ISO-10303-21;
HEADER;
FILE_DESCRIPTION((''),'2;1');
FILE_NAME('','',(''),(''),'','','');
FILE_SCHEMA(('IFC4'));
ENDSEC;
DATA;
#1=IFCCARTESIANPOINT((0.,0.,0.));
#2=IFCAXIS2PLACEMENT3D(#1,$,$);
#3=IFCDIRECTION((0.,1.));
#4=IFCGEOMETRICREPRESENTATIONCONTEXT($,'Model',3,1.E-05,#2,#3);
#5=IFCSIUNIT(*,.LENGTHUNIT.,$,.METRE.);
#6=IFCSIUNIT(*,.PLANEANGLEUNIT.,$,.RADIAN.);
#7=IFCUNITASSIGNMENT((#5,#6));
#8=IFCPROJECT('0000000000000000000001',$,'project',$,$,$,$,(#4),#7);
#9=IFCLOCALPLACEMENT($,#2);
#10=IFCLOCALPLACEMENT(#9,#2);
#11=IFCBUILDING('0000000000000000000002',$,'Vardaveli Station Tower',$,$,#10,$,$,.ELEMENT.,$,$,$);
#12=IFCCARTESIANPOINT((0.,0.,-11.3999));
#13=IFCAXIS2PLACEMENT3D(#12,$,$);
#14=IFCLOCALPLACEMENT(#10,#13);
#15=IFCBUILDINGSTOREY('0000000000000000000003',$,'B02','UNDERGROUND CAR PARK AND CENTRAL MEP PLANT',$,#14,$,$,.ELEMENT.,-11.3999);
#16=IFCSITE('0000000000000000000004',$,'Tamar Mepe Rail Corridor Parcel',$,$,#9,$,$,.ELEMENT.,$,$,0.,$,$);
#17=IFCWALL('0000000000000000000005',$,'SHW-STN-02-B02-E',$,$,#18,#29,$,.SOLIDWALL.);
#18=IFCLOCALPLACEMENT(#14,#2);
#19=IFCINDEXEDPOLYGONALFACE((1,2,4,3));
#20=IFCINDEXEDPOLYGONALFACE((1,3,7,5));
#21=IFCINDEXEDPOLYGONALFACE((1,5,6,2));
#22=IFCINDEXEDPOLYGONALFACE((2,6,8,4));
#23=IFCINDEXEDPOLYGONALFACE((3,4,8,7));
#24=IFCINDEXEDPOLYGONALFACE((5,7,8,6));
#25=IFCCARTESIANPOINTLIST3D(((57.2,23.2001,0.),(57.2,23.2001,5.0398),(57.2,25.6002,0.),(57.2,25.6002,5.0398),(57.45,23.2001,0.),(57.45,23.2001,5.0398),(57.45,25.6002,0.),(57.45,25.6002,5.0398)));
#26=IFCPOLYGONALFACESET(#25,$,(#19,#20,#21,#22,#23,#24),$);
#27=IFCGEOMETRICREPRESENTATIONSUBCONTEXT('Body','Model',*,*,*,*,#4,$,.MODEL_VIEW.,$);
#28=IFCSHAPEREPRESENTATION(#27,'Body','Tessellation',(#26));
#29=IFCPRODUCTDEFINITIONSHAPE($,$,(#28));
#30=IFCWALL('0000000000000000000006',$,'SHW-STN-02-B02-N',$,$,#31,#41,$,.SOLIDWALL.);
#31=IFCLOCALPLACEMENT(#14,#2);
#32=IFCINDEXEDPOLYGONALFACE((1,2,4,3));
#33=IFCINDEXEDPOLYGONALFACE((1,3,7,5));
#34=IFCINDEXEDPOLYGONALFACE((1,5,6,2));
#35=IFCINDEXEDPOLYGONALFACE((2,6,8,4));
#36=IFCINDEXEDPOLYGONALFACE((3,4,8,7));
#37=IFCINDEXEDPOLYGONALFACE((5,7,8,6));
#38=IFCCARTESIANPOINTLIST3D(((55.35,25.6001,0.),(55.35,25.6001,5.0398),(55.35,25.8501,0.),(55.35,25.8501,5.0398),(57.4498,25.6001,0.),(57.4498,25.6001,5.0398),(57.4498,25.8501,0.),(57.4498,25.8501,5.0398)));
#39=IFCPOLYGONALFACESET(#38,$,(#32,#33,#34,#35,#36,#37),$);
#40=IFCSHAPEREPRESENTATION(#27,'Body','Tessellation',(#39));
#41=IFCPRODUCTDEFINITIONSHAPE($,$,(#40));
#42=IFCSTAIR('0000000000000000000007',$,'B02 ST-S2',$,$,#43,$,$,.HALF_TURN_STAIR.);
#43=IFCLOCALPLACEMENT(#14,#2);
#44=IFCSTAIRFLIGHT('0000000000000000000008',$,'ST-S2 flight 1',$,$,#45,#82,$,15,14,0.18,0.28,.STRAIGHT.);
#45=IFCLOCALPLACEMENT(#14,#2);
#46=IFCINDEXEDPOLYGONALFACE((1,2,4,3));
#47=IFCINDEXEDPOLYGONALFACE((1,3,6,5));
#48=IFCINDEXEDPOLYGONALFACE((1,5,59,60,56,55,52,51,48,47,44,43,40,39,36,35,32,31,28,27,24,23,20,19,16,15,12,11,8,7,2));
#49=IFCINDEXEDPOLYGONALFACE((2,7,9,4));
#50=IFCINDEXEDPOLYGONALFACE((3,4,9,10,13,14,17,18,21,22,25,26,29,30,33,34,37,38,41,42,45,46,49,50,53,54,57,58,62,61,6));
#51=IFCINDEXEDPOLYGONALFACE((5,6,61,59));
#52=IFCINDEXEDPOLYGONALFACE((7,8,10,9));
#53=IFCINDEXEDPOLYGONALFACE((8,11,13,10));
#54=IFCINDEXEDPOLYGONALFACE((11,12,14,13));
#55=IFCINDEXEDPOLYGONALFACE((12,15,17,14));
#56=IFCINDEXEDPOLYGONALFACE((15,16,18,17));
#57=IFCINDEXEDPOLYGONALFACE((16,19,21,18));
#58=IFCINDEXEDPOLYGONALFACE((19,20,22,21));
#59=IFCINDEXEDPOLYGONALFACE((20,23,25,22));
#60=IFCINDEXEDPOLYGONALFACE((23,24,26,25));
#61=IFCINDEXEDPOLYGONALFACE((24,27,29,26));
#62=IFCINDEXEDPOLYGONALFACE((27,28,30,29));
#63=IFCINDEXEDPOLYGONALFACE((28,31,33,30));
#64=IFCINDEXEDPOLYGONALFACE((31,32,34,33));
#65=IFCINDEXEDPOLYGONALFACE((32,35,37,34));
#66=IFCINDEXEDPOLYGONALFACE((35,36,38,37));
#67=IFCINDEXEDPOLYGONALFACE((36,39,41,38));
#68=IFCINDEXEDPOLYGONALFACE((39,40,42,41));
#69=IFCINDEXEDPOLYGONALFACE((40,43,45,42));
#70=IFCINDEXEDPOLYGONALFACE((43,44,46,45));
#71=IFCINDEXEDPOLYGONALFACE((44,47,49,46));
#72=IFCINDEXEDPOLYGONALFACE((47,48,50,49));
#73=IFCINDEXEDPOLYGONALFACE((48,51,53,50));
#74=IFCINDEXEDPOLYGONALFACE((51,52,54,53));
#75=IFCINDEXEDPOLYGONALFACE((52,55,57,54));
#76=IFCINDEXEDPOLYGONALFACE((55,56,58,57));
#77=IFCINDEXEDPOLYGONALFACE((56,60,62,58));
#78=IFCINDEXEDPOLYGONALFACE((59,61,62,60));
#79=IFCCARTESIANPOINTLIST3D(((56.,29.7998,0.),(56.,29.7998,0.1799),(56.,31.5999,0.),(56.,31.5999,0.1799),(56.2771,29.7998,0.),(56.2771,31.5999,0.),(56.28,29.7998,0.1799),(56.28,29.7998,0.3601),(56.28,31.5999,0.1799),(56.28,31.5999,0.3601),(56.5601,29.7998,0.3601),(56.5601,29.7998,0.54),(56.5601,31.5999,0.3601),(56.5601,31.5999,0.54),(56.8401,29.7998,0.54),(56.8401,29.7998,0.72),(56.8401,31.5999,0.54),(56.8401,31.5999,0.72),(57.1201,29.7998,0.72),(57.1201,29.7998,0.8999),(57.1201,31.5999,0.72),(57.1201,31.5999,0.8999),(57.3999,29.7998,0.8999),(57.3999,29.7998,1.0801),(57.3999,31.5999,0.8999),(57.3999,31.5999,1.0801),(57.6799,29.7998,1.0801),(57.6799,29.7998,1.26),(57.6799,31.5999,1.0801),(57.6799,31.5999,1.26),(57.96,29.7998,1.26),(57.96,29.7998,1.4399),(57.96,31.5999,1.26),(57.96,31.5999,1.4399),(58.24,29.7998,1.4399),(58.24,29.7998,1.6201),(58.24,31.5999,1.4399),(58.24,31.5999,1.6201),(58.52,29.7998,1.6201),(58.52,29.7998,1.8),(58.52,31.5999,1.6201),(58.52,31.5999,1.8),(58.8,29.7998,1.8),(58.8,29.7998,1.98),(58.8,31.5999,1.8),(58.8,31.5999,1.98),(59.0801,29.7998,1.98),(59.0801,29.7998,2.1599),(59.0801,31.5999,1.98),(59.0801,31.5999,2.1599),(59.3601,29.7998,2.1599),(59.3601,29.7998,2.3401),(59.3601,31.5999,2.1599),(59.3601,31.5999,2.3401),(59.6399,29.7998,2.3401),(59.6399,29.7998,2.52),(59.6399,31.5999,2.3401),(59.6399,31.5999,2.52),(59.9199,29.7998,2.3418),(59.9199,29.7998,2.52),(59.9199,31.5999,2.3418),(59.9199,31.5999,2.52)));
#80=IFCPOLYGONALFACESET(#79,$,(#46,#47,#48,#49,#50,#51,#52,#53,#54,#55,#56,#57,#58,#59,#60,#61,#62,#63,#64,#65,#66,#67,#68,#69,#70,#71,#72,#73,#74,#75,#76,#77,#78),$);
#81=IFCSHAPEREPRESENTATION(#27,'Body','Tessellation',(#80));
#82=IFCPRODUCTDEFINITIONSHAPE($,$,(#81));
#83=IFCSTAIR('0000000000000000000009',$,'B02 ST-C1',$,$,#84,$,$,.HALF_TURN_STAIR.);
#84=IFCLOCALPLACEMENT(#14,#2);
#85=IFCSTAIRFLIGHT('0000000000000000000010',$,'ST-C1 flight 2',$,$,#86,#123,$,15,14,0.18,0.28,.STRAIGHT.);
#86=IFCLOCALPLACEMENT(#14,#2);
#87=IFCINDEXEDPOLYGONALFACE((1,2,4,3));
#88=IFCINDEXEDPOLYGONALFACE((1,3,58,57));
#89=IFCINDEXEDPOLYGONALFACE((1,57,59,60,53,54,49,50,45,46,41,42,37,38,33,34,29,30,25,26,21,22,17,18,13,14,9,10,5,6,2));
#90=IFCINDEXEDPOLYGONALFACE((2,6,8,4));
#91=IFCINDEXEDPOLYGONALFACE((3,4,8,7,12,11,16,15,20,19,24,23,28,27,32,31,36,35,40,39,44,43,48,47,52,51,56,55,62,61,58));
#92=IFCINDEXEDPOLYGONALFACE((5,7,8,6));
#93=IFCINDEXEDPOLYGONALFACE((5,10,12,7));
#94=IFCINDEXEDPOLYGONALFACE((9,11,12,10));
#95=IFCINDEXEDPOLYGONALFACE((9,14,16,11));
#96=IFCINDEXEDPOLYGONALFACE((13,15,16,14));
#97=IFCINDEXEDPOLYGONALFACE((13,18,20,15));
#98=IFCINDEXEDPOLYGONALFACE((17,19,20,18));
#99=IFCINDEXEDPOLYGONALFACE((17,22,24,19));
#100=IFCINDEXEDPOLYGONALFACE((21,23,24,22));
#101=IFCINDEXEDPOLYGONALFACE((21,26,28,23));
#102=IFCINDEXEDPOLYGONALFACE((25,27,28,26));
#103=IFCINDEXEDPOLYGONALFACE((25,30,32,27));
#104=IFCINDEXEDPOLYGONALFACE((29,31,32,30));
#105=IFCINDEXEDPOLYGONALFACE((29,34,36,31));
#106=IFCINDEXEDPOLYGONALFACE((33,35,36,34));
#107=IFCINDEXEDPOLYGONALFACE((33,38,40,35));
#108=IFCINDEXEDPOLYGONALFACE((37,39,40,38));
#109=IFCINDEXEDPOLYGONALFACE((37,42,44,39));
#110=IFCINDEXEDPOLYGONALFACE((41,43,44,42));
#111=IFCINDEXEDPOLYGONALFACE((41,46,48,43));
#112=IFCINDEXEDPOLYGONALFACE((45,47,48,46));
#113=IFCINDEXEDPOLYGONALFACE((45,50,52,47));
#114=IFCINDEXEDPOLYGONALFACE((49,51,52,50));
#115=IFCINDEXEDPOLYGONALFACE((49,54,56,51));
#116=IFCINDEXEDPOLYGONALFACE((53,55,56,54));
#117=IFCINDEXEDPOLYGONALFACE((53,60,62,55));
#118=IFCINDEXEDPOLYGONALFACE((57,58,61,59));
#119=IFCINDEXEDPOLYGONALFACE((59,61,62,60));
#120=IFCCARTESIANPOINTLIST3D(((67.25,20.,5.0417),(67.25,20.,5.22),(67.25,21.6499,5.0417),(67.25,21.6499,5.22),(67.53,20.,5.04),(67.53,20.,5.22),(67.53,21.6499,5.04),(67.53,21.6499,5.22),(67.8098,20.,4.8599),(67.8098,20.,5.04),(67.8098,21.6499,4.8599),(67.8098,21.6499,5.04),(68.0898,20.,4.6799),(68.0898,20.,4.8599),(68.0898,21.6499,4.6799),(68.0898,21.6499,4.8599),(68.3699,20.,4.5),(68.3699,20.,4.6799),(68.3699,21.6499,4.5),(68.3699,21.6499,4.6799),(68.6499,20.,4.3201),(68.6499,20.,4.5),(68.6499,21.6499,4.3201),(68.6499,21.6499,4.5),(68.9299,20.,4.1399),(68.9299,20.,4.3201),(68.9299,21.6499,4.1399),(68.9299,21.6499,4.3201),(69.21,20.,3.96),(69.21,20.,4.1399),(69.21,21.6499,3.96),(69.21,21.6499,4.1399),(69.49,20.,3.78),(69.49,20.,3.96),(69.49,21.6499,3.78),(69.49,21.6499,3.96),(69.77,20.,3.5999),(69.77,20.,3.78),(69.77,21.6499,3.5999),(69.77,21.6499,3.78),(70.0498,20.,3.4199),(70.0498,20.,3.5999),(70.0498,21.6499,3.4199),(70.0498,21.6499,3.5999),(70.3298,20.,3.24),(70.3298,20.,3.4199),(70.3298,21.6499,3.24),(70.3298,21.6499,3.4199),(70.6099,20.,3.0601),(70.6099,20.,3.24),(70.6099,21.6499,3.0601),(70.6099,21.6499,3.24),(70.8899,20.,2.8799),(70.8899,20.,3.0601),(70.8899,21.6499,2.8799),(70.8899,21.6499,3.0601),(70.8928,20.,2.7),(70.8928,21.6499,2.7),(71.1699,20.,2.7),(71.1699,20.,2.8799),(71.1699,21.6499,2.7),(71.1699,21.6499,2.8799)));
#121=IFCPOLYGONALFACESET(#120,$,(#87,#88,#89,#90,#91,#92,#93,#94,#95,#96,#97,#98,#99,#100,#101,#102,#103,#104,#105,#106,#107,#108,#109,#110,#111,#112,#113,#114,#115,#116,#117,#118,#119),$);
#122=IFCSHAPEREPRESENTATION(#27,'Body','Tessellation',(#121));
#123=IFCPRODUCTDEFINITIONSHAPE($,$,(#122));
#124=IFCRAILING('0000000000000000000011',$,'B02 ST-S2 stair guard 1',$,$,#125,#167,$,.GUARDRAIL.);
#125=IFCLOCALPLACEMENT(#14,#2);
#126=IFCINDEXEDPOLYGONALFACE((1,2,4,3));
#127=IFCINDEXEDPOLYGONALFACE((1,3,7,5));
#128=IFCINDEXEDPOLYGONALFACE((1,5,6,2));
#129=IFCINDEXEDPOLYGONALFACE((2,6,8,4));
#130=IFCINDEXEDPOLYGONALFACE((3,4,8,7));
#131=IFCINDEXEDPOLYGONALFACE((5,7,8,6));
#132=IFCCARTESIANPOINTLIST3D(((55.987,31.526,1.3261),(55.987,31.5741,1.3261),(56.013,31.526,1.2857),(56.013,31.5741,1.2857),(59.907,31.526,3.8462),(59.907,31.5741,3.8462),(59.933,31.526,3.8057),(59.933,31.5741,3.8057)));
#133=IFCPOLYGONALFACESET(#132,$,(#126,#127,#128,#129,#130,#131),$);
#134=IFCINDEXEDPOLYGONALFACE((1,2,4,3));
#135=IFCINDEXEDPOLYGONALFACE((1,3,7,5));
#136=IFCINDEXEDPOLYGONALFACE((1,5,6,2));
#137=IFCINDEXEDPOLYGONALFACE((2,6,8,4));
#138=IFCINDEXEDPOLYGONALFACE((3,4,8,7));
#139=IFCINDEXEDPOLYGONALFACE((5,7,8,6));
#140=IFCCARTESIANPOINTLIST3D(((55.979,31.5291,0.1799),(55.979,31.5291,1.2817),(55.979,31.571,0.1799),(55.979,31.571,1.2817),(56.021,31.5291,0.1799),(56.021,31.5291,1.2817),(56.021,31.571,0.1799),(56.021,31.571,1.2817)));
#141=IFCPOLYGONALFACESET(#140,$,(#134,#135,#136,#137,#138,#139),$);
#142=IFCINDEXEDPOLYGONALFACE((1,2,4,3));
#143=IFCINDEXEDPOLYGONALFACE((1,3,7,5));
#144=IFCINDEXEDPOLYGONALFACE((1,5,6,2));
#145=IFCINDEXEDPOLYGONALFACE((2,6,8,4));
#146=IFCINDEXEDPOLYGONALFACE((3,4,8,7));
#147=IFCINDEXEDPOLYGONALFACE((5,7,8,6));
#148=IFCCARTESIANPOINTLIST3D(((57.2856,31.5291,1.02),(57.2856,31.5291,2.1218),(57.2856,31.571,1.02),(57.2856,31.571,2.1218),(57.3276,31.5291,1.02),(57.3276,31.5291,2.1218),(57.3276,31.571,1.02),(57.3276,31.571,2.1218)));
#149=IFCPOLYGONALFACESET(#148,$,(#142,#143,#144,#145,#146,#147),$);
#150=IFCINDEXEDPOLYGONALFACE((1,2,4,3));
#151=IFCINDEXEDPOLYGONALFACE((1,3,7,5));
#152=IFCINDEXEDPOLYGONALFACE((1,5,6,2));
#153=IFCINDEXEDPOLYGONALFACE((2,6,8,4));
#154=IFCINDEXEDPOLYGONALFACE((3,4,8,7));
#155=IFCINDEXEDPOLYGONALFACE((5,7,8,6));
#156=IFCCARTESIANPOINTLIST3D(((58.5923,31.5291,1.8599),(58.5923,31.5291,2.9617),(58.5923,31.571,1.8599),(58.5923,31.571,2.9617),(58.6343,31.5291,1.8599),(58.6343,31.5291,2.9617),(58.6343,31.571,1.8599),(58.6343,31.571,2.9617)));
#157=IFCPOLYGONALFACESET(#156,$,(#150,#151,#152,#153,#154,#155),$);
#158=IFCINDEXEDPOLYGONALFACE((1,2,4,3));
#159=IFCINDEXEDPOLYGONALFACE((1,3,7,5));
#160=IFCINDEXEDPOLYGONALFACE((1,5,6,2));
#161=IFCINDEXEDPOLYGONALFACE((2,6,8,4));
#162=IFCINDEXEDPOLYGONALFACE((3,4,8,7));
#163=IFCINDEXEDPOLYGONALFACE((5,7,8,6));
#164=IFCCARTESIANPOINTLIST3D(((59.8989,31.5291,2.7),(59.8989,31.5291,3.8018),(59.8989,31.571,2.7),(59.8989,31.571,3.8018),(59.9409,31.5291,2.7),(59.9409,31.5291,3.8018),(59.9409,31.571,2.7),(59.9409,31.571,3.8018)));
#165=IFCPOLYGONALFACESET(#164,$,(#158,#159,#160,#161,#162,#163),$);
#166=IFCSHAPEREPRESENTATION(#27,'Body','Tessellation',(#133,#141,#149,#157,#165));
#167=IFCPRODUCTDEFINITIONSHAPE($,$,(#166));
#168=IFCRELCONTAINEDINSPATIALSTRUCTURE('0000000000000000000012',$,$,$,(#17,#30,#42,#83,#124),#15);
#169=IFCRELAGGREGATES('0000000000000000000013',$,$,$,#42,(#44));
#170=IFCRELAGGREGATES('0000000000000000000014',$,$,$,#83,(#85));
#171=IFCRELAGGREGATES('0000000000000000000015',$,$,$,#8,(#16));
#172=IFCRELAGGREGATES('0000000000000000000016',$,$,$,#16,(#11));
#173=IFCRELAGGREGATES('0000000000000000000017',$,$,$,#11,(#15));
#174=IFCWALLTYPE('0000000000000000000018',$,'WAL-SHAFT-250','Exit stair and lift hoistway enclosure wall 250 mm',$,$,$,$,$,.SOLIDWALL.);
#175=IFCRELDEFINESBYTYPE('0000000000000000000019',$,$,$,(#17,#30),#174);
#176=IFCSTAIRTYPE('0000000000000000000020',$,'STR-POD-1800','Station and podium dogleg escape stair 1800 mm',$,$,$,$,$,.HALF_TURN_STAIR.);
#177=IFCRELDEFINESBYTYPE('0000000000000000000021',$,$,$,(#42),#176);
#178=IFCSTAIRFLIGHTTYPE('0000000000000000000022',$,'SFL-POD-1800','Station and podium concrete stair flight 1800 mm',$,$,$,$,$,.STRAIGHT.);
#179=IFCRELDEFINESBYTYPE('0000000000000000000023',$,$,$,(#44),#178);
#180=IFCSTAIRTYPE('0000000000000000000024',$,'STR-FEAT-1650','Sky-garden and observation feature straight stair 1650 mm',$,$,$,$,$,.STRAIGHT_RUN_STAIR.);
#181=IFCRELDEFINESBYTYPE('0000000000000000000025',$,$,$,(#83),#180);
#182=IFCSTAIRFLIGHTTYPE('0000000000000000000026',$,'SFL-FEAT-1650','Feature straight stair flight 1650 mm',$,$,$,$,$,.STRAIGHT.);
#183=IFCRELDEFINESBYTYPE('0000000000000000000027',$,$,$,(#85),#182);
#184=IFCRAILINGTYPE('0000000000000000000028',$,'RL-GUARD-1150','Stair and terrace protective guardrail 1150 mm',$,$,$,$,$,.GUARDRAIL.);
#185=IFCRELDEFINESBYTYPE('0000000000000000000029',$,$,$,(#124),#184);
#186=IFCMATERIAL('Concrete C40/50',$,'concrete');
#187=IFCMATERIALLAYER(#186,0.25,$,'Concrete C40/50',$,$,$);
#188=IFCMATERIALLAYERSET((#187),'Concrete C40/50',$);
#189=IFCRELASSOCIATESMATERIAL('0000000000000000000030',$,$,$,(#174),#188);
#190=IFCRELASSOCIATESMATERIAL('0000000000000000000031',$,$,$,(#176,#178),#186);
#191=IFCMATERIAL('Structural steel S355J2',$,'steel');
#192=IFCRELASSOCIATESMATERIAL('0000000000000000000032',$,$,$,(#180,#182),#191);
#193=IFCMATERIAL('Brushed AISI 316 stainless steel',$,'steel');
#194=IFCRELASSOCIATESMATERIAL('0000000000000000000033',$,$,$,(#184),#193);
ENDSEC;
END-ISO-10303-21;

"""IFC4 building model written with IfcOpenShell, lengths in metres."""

from ifc_helpers import new_model, si_unit, direction, frame, frame_2d, origin, origin_2d, place, context, subcontext, project, spatial, polyline, rectangle, outline, extrude, source, transform, mapped, material, layer, layer_set, type_object, element, aggregate, save


model = new_model("IFC4")

# Units and contexts
model_context = context("Model", 3, precision=1e-05, world=origin(), true_north=direction((0.0, 1.0)))
body_context = subcontext(model_context, "Body", "Model", "MODEL_VIEW")
ifc_project = project(units=[si_unit("LENGTHUNIT", "METRE"), si_unit("PLANEANGLEUNIT", "RADIAN")], contexts=[model_context])

# Site, building, storey
site_placement = place(None, origin())
site = spatial("IfcSite", under=ifc_project, at=site_placement, Name="Tamar Mepe Rail Corridor Parcel", CompositionType="ELEMENT", RefElevation=0.0)
building_placement = place(site_placement, origin())
building = spatial("IfcBuilding", under=site, at=building_placement, Name="Vardaveli Station Tower", CompositionType="ELEMENT")
storey_placement = place(building_placement, frame((0.0, 0.0, -11.3999)))
storey = spatial("IfcBuildingStorey", under=building, at=storey_placement, Name="B02", Description="UNDERGROUND CAR PARK AND CENTRAL MEP PLANT", CompositionType="ELEMENT", Elevation=-11.3999)

# Shared definitions
ifc_material_1 = material(Name="Concrete C40/50", Category="concrete")

# Walls
ifc_layer = layer(ifc_material_1, 0.25, Name="Concrete C40/50")
ifc_layer_set = layer_set([ifc_layer], Name="Concrete C40/50")
wall_type = type_object("IfcWallType", Name="WAL-SHAFT-250", Description="Exit stair and lift hoistway enclosure wall 250 mm", PredefinedType="SOLIDWALL", material=ifc_layer_set)
shared_shape_1 = source(origin(), body_context, "Body", "SweptSolid", [
    extrude(rectangle(XDim=2.4001, YDim=0.25, at=frame_2d((1.2002, 0.0))), origin(), (0.0, 0.0, 1.0), 5.0398),
])
for number, where, z_axis, x_axis, name in (
    (1, (57.325, 23.2, 0.0), (0.0, 0.0, 1.0), (0.0, 1.0, 0.0), "SHW-STN-02-B02-E"),
):
    element("IfcWall", number, at=place(storey_placement, frame(where, z_axis=z_axis, x_axis=x_axis)), inside=storey, type_object=wall_type, Name=name, PredefinedType="SOLIDWALL", context=body_context, shape_type="MappedRepresentation", body=[
        mapped(shared_shape_1, transform((0.0, 0.0, 0.0), scale=1.0)),
    ])
shared_shape_2 = source(origin(), body_context, "Body", "SweptSolid", [
    extrude(rectangle(XDim=2.0999, YDim=0.25, at=frame_2d((1.0498, 0.0))), origin(), (0.0, 0.0, 1.0), 5.0398),
])
wall_1_placement = place(storey_placement, frame((55.3501, 25.7251, 0.0), z_axis=(0.0, 0.0, 1.0), x_axis=(1.0, 0.0, 0.0)))
element("IfcWall", 2, at=wall_1_placement, inside=storey, type_object=wall_type, Name="SHW-STN-02-B02-N", PredefinedType="SOLIDWALL", context=body_context, shape_type="MappedRepresentation", body=[
    mapped(shared_shape_2, transform((0.0, 0.0, 0.0), scale=1.0)),
])

# Stairs, stair flights
stair_type_1 = type_object("IfcStairType", Name="STR-POD-1800", Description="Station and podium dogleg escape stair 1800 mm", PredefinedType="HALF_TURN_STAIR", material=ifc_material_1)
stair_1_placement = place(storey_placement, origin())
stair_1 = element("IfcStair", 3, at=stair_1_placement, inside=storey, type_object=stair_type_1, Name="B02 ST-S2", PredefinedType="HALF_TURN_STAIR")
stair_flight_type_1 = type_object("IfcStairFlightType", Name="SFL-POD-1800", Description="Station and podium concrete stair flight 1800 mm", PredefinedType="STRAIGHT", material=ifc_material_1)
shared_shape_3 = source(origin(), body_context, "Body", "SweptSolid", [
    extrude(outline(polyline([(0.0, 0.0), (0.0, 0.1799), (0.28, 0.1799), (0.28, 0.3601), (0.5601, 0.3601), (0.5601, 0.54), (0.8401, 0.54), (0.8401, 0.72), (1.1201, 0.72), (1.1201, 0.8999), (1.3999, 0.8999), (1.3999, 1.0801), (1.6799, 1.0801), (1.6799, 1.26), (1.96, 1.26), (1.96, 1.4399), (2.24, 1.4399), (2.24, 1.6201), (2.52, 1.6201), (2.52, 1.8), (2.8, 1.8), (2.8, 1.98), (3.0801, 1.98), (3.0801, 2.1599), (3.3601, 2.1599), (3.3601, 2.3401), (3.6399, 2.3401), (3.6399, 2.52), (3.9199, 2.52), (3.9199, 2.7), (3.9199, 2.3418), (0.2771, 0.0), (0.0, 0.0)])), frame((0.0, 0.8999, 0.0), z_axis=(0.0, -1.0, 0.0), x_axis=(1.0, 0.0, 0.0)), (0.0, 0.0, 1.0), 1.8),
])
stair_flight_1_placement = place(storey_placement, frame((56.0, 30.7, 0.0), z_axis=(0.0, 0.0, 1.0), x_axis=(1.0, 0.0, 0.0)))
stair_flight_1 = element("IfcStairFlight", 4, at=stair_flight_1_placement, type_object=stair_flight_type_1, Name="ST-S2 flight 1", NumberOfRisers=15, NumberOfTreads=14, PredefinedType="STRAIGHT", RiserHeight=0.18, TreadLength=0.28, context=body_context, shape_type="MappedRepresentation", body=[
    mapped(shared_shape_3, transform((0.0, 0.0, 0.0), scale=1.0)),
])
aggregate(stair_1, [stair_flight_1])
ifc_material_2 = material(Name="Structural steel S355J2", Category="steel")
stair_type_2 = type_object("IfcStairType", Name="STR-FEAT-1650", Description="Sky-garden and observation feature straight stair 1650 mm", PredefinedType="STRAIGHT_RUN_STAIR", material=ifc_material_2)
stair_2_placement = place(storey_placement, origin())
stair_2 = element("IfcStair", 5, at=stair_2_placement, inside=storey, type_object=stair_type_2, Name="B02 ST-C1", PredefinedType="HALF_TURN_STAIR")
stair_flight_type_2 = type_object("IfcStairFlightType", Name="SFL-FEAT-1650", Description="Feature straight stair flight 1650 mm", PredefinedType="STRAIGHT", material=ifc_material_2)
shared_shape_4 = source(origin(), body_context, "Body", "SweptSolid", [
    extrude(outline(polyline([(0.0, 0.0), (0.0, 0.1799), (0.28, 0.1799), (0.28, 0.3601), (0.5601, 0.3601), (0.5601, 0.54), (0.8401, 0.54), (0.8401, 0.72), (1.1201, 0.72), (1.1201, 0.8999), (1.3999, 0.8999), (1.3999, 1.0801), (1.6799, 1.0801), (1.6799, 1.26), (1.96, 1.26), (1.96, 1.4399), (2.24, 1.4399), (2.24, 1.6201), (2.52, 1.6201), (2.52, 1.8), (2.8, 1.8), (2.8, 1.98), (3.0801, 1.98), (3.0801, 2.1599), (3.3601, 2.1599), (3.3601, 2.3401), (3.6399, 2.3401), (3.6399, 2.52), (3.9199, 2.52), (3.9199, 2.7), (3.9199, 2.3418), (0.2771, 0.0), (0.0, 0.0)])), frame((0.0, 0.825, 0.0), z_axis=(0.0, -1.0, 0.0), x_axis=(1.0, 0.0, 0.0)), (0.0, 0.0, 1.0), 1.6499),
])
stair_flight_2_placement = place(storey_placement, frame((71.1699, 20.825, 2.7), z_axis=(0.0, 0.0, 1.0), x_axis=(-1.0, 0.0, 0.0)))
stair_flight_2 = element("IfcStairFlight", 6, at=stair_flight_2_placement, type_object=stair_flight_type_2, Name="ST-C1 flight 2", NumberOfRisers=15, NumberOfTreads=14, PredefinedType="STRAIGHT", RiserHeight=0.18, TreadLength=0.28, context=body_context, shape_type="MappedRepresentation", body=[
    mapped(shared_shape_4, transform((0.0, 0.0, 0.0), scale=1.0)),
])
aggregate(stair_2, [stair_flight_2])

# Railing
ifc_material_3 = material(Name="Brushed AISI 316 stainless steel", Category="steel")
railing_type_1 = type_object("IfcRailingType", Name="RL-GUARD-1150", Description="Stair and terrace protective guardrail 1150 mm", PredefinedType="GUARDRAIL", material=ifc_material_3)
shared_shape_5 = source(origin(), body_context, "Body", "SweptSolid", [
    extrude(rectangle(XDim=0.0481, YDim=0.0481, at=origin_2d()), frame((0.0, 0.0, 1.126), z_axis=(0.841172, 0.0, 0.540768), x_axis=(0.0, 1.0, 0.0)), (0.0, 0.0, 1.0), 4.6602),
    extrude(rectangle(XDim=0.042, YDim=0.042, at=origin_2d()), origin(), (0.0, 0.0, 1.0), 1.1018),
    extrude(rectangle(XDim=0.042, YDim=0.042, at=origin_2d()), frame((1.3066, 0.0, 0.8401)), (0.0, 0.0, 1.0), 1.1018),
    extrude(rectangle(XDim=0.042, YDim=0.042, at=origin_2d()), frame((2.6133, 0.0, 1.6799)), (0.0, 0.0, 1.0), 1.1018),
    extrude(rectangle(XDim=0.042, YDim=0.042, at=origin_2d()), frame((3.9199, 0.0, 2.52)), (0.0, 0.0, 1.0), 1.1018),
])
for number, where, name in (
    (7, (56.0, 31.55, 0.1799), "B02 ST-S2 stair guard 1"),
):
    element("IfcRailing", number, at=place(storey_placement, frame(where)), inside=storey, type_object=railing_type_1, Name=name, PredefinedType="GUARDRAIL", context=body_context, shape_type="MappedRepresentation", body=[
        mapped(shared_shape_5, transform((0.0, 0.0, 0.0), scale=1.0)),
    ])

save(model, "model.ifc")
